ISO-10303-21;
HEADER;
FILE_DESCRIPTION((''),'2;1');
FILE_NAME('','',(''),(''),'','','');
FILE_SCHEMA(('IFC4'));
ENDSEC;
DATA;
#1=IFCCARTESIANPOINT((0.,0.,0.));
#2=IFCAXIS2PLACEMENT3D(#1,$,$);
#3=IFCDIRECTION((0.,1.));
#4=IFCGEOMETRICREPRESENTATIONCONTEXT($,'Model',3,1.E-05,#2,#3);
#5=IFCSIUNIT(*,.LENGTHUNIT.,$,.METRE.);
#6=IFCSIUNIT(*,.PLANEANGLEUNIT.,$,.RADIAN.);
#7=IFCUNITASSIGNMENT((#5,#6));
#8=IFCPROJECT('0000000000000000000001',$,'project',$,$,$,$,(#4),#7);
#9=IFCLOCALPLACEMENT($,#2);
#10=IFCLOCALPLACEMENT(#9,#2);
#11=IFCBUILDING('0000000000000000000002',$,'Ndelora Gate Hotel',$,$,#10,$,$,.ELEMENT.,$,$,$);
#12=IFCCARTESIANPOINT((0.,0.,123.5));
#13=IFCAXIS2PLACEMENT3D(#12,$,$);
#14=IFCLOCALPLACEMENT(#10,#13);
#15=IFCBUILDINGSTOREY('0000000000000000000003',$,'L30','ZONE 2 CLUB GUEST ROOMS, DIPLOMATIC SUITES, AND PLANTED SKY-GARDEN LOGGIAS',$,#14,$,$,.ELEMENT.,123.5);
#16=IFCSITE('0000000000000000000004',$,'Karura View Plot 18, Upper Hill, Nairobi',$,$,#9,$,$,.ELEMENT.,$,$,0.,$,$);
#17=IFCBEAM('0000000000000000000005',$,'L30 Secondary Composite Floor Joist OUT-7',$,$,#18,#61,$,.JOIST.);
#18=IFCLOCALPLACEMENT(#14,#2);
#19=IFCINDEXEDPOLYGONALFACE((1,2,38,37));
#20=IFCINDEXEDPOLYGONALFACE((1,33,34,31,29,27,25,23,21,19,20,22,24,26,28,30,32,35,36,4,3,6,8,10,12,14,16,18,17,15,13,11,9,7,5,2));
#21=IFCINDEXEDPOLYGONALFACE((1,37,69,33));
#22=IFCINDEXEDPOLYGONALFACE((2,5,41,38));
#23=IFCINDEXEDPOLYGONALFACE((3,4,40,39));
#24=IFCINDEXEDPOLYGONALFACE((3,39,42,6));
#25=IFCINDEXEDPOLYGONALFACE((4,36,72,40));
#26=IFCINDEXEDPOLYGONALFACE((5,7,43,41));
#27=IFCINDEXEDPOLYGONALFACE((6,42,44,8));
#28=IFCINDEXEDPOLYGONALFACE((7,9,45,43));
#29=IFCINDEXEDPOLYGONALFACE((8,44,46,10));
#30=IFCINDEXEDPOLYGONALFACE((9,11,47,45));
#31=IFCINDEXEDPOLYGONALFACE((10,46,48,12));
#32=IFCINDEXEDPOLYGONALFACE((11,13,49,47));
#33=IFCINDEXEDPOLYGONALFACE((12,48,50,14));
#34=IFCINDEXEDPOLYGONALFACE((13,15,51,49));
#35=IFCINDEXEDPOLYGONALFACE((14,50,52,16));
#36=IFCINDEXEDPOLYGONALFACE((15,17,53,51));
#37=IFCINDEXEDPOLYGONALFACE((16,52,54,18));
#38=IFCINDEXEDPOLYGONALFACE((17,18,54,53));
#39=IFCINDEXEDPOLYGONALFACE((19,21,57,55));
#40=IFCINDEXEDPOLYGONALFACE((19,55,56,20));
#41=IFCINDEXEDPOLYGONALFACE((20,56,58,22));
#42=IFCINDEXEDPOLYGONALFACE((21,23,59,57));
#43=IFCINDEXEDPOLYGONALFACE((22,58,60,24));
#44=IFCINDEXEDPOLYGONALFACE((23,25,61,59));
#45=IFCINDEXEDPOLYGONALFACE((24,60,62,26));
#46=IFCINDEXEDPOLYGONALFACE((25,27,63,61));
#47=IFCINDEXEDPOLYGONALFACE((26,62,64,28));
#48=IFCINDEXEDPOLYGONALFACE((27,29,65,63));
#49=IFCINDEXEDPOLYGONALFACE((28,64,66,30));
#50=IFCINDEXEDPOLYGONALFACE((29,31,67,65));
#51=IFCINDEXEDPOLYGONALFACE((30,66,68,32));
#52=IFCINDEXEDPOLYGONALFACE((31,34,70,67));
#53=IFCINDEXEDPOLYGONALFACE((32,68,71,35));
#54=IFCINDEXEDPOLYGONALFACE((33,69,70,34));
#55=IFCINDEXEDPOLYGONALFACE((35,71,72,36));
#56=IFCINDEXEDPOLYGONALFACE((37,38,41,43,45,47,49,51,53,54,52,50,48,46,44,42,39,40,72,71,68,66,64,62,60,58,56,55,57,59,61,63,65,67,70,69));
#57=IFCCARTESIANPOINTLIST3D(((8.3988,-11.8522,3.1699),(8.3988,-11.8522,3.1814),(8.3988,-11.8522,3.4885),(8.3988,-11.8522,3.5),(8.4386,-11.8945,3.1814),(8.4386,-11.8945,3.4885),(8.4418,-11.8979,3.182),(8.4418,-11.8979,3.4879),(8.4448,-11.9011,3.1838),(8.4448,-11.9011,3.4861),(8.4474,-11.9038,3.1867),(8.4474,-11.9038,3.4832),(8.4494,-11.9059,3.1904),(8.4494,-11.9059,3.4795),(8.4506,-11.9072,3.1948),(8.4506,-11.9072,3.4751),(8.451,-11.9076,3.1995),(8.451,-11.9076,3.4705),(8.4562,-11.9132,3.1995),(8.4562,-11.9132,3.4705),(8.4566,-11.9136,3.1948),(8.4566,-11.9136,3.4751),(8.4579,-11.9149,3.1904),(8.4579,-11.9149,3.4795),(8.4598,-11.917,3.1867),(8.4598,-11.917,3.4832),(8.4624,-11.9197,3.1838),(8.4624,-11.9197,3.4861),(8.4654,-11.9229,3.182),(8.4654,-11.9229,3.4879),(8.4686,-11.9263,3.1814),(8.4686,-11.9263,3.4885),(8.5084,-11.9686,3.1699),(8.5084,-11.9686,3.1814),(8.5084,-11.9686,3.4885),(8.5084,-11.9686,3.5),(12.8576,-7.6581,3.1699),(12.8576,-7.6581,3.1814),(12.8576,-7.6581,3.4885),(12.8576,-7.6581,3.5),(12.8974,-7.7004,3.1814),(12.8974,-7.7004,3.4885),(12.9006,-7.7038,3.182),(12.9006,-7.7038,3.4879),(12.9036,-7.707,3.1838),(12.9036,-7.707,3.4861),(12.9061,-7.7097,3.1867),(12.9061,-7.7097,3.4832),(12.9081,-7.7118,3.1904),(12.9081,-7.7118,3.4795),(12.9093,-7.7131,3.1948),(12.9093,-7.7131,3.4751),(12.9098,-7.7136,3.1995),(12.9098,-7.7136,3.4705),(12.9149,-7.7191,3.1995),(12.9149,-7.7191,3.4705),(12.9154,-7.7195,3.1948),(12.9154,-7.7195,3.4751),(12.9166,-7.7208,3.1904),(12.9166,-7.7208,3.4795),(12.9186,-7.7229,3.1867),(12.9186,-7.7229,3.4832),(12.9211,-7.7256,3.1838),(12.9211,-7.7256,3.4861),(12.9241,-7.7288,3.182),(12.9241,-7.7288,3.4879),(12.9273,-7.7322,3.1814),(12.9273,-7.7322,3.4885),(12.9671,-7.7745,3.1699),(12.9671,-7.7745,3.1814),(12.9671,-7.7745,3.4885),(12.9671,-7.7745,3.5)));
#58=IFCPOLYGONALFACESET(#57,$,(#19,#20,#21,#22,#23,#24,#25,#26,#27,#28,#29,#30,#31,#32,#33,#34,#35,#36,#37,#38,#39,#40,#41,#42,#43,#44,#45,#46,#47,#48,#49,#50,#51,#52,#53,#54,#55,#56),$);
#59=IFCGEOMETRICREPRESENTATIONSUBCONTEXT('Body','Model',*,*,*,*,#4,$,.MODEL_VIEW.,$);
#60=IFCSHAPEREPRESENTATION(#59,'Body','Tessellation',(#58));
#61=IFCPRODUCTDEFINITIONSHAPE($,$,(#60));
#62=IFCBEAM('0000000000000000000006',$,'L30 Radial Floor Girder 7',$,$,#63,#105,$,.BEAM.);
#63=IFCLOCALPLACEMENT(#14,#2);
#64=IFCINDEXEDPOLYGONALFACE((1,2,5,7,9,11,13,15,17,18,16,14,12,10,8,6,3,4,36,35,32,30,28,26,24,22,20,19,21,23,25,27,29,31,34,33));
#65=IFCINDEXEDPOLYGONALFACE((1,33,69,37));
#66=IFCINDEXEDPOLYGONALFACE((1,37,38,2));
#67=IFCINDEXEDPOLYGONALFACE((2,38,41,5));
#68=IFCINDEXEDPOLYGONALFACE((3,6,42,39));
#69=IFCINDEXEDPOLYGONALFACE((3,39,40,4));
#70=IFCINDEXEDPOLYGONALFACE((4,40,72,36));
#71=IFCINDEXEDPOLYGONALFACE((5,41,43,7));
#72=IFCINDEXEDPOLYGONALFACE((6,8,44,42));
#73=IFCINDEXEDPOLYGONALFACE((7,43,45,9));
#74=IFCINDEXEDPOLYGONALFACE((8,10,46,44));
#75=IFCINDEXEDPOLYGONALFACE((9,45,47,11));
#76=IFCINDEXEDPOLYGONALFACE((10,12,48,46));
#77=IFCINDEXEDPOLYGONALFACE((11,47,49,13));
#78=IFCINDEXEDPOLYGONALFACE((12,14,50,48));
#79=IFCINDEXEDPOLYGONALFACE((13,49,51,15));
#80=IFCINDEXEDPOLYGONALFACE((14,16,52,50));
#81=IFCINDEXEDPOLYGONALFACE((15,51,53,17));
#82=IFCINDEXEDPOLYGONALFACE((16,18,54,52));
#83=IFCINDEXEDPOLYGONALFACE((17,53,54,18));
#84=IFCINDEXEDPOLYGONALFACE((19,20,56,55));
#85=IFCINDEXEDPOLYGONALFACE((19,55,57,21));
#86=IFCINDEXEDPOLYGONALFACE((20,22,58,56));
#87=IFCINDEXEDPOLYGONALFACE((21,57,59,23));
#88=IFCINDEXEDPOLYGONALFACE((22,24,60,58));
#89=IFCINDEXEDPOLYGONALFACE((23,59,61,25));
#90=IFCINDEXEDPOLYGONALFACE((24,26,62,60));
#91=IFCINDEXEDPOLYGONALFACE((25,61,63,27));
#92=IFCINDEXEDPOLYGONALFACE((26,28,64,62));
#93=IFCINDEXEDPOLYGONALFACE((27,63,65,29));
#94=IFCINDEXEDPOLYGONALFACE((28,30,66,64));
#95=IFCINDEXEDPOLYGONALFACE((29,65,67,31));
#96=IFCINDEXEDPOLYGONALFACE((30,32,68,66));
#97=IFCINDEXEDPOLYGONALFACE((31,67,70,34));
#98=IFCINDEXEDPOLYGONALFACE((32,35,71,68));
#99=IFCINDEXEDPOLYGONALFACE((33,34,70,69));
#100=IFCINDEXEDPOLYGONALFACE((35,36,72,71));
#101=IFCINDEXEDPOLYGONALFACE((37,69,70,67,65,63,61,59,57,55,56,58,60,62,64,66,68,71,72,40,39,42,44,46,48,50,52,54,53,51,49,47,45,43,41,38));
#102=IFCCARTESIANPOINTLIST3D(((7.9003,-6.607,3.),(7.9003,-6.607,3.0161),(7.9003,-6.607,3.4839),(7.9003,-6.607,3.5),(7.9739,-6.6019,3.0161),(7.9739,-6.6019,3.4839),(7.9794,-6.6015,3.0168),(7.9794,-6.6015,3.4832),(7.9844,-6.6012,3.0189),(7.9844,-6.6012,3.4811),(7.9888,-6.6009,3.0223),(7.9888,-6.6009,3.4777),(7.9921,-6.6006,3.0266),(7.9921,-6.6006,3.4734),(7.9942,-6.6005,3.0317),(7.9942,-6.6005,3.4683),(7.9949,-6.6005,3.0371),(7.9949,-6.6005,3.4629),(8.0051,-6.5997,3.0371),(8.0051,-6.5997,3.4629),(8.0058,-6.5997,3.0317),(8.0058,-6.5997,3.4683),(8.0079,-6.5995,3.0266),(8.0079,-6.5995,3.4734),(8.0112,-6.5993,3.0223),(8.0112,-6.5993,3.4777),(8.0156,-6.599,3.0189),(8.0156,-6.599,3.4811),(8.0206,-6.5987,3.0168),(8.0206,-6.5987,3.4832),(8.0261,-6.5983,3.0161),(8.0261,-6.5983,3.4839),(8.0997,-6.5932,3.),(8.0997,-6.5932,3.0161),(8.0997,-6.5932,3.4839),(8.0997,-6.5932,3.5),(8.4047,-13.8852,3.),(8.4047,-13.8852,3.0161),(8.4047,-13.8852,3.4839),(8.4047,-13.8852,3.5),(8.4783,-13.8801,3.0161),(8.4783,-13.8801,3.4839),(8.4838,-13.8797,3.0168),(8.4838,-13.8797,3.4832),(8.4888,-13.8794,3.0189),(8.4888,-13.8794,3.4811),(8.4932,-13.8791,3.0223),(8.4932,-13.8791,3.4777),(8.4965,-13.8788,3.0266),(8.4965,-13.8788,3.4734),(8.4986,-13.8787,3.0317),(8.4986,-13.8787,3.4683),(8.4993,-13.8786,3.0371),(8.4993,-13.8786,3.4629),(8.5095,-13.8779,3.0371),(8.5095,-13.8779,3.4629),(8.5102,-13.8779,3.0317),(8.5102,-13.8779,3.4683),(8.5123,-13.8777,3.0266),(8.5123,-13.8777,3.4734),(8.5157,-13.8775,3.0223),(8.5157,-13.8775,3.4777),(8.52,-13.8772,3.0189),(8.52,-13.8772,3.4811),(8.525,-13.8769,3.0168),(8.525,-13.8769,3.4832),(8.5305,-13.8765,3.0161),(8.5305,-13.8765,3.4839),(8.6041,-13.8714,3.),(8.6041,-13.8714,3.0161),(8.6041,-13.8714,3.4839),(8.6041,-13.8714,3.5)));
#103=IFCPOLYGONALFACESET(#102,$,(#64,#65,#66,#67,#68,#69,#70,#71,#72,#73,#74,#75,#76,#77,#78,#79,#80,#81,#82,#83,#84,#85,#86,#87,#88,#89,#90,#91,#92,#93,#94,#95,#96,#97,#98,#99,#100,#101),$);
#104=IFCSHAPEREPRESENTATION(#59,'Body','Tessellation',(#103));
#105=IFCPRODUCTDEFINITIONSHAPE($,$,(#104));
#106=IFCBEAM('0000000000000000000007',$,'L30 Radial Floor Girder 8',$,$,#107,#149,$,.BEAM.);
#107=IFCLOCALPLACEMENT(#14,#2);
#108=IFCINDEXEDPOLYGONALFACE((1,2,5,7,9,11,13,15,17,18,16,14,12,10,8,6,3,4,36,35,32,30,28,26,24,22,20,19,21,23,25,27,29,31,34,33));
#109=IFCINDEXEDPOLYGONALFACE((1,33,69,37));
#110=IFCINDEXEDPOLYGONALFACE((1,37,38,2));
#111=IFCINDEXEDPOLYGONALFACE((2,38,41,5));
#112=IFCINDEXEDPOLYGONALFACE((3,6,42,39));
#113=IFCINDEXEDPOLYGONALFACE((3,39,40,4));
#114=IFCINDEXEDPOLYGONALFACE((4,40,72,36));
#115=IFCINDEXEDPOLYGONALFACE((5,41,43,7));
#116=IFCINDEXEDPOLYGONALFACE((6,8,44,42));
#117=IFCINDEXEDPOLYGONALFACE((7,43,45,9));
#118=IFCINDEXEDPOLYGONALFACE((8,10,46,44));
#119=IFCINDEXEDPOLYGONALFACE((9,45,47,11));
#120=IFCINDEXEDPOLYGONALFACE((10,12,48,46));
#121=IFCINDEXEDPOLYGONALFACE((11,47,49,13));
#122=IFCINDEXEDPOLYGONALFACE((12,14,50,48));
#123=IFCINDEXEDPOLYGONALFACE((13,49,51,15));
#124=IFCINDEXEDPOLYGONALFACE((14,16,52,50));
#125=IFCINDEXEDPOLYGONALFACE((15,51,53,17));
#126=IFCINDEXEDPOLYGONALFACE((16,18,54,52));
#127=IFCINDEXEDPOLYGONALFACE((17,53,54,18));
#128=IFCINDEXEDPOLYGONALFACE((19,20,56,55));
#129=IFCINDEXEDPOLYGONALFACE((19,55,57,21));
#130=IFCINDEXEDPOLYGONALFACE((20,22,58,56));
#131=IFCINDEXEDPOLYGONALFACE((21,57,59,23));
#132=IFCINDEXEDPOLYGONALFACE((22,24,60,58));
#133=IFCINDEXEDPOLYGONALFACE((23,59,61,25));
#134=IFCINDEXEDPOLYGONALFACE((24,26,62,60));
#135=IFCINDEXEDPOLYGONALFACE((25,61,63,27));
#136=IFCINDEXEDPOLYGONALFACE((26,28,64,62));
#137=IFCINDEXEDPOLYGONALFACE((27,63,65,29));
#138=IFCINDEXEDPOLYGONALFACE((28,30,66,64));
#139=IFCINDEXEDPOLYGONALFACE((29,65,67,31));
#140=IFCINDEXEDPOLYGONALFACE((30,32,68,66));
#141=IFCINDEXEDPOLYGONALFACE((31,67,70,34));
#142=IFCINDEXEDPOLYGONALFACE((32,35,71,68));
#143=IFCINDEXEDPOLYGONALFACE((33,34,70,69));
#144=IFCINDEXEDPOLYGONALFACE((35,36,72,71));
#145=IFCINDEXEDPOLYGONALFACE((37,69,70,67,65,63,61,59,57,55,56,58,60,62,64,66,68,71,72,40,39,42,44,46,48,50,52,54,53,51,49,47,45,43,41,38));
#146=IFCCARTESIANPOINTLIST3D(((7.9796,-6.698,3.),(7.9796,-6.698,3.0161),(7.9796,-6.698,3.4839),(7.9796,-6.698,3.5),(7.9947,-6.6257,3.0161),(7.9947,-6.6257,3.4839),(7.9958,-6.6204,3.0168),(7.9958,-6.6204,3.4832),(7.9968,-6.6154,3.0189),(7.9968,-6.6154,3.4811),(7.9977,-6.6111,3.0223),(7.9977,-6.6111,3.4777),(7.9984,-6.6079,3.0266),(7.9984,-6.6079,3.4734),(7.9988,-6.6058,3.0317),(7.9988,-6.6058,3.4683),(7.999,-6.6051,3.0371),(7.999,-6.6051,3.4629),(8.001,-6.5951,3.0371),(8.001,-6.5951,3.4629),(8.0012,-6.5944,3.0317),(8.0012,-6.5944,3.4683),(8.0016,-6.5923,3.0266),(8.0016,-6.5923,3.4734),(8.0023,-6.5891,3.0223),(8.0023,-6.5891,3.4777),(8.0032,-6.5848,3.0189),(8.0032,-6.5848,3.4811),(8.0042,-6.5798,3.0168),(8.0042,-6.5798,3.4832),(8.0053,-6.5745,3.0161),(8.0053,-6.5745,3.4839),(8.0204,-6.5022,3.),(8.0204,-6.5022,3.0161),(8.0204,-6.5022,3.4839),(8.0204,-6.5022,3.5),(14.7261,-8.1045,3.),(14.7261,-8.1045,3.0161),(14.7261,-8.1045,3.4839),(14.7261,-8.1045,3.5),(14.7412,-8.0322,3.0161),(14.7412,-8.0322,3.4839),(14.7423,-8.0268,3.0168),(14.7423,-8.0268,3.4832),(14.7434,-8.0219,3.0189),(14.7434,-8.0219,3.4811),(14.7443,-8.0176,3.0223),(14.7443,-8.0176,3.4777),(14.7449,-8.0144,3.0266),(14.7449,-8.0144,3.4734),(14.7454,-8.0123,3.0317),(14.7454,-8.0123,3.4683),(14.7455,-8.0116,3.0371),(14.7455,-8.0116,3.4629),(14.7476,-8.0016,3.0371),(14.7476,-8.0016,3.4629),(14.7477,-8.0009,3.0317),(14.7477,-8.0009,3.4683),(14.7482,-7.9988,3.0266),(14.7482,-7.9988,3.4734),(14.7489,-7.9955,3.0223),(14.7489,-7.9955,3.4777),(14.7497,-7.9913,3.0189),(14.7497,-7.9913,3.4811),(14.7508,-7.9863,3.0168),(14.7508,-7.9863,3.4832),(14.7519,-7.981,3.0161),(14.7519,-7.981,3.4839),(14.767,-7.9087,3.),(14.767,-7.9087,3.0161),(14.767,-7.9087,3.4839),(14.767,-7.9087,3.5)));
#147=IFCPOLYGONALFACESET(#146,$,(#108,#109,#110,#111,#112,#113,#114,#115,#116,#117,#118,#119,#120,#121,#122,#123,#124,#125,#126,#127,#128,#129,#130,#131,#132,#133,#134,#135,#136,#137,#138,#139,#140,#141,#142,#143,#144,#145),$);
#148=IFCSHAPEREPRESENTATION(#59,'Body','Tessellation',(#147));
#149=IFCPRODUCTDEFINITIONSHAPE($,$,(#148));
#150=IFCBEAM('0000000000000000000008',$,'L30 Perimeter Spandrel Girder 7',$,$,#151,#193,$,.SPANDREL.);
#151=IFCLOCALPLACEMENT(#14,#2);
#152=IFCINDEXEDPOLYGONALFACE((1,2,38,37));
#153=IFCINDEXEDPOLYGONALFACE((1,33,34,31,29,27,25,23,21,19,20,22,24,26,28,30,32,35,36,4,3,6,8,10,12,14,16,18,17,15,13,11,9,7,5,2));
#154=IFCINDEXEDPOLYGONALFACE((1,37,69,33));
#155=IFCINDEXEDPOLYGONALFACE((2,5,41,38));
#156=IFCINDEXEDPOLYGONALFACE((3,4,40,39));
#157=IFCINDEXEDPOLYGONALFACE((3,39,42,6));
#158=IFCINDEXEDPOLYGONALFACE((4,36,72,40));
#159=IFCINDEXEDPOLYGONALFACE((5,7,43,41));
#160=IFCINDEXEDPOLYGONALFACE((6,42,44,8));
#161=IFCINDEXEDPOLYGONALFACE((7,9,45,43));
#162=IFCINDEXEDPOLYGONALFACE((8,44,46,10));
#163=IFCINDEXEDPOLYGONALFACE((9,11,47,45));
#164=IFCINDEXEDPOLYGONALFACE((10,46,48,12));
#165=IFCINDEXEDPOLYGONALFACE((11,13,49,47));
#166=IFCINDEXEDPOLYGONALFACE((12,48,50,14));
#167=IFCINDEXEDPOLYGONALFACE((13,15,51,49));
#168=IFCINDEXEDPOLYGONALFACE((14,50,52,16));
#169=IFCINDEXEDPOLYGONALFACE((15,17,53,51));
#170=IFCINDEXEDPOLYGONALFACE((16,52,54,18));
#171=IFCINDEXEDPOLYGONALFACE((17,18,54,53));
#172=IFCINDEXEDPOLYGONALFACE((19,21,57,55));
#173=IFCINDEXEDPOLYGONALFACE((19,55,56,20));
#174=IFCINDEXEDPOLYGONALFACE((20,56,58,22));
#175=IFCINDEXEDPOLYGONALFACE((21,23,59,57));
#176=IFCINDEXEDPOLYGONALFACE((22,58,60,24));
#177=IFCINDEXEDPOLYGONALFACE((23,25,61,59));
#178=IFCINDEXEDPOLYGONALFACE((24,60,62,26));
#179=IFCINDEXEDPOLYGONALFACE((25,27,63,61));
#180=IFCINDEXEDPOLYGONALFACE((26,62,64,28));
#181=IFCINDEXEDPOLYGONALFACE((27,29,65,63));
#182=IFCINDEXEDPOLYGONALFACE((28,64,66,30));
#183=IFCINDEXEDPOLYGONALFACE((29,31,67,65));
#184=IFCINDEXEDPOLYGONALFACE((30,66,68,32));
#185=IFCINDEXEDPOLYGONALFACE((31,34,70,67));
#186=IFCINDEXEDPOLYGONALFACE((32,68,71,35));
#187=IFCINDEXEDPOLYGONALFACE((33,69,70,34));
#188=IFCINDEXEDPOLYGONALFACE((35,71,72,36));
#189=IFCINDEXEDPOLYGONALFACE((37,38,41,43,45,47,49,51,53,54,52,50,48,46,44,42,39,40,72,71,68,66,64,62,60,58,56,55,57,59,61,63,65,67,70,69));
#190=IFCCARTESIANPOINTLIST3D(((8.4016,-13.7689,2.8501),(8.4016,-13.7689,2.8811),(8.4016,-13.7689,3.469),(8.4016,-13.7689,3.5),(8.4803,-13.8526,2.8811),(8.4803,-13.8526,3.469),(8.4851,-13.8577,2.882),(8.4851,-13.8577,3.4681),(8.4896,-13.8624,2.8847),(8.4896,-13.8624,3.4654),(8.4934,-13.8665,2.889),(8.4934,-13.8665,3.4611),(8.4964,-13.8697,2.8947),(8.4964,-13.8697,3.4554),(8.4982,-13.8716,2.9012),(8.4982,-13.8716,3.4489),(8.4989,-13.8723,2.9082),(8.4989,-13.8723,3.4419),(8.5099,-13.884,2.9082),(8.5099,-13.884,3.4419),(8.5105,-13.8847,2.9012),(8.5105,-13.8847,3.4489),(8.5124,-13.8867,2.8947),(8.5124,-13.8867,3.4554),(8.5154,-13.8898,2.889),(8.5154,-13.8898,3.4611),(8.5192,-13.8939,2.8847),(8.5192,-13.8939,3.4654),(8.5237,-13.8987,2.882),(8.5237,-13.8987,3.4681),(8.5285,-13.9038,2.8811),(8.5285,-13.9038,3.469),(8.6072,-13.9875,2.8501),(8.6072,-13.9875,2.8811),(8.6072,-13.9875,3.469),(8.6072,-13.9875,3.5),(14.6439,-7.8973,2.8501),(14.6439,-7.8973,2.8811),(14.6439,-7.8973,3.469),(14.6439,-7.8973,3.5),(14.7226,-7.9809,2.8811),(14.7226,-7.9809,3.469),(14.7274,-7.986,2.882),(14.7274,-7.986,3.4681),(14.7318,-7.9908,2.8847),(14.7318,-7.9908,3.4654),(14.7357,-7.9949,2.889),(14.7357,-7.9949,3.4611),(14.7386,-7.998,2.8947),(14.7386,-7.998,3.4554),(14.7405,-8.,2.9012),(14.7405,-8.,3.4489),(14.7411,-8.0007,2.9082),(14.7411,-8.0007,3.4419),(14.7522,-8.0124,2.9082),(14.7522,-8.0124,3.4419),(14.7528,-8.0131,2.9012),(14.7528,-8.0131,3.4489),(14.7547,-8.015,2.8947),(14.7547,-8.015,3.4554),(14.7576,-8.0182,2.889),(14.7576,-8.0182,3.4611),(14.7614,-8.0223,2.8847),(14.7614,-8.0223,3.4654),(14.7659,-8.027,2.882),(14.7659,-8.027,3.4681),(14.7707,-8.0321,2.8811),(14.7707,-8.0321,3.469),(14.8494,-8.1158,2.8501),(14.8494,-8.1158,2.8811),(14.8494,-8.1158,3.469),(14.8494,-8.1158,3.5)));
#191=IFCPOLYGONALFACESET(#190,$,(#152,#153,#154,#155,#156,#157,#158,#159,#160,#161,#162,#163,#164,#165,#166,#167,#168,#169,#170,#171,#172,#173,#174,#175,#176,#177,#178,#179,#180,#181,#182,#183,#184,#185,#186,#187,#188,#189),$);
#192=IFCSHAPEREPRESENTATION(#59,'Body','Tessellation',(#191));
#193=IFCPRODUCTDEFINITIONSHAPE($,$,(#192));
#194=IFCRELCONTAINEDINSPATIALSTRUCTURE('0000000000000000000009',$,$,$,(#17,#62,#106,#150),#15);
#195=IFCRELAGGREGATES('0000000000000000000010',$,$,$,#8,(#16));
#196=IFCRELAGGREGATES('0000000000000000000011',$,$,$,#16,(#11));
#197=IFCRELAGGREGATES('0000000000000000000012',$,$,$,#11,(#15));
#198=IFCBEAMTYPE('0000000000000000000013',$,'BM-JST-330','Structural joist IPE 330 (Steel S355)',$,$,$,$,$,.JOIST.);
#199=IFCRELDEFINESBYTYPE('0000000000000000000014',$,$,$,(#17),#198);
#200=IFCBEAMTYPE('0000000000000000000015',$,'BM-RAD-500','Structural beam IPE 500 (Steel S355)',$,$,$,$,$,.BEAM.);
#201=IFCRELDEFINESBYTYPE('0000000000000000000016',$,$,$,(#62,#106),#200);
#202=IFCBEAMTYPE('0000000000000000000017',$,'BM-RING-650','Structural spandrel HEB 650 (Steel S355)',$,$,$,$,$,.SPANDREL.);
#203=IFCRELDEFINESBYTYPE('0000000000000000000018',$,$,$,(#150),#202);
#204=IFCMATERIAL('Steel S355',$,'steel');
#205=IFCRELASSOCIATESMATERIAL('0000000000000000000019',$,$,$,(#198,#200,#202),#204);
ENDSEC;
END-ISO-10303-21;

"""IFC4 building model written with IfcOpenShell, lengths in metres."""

from ifc_helpers import new_model, si_unit, direction, frame, origin, origin_2d, place, context, subcontext, project, spatial, i_section, extrude, material, material_profile, profile_set, type_object, element, save


model = new_model("IFC4")

# Units and contexts
model_context = context("Model", 3, precision=1e-05, world=origin(), true_north=direction((0.0, 1.0)))
body_context = subcontext(model_context, "Body", "Model", "MODEL_VIEW")
ifc_project = project(units=[si_unit("LENGTHUNIT", "METRE"), si_unit("PLANEANGLEUNIT", "RADIAN")], contexts=[model_context])

# Site, building, storey
site_placement = place(None, origin())
site = spatial("IfcSite", under=ifc_project, at=site_placement, Name="Karura View Plot 18, Upper Hill, Nairobi", CompositionType="ELEMENT", RefElevation=0.0)
building_placement = place(site_placement, origin())
building = spatial("IfcBuilding", under=site, at=building_placement, Name="Ndelora Gate Hotel", CompositionType="ELEMENT")
storey_placement = place(building_placement, frame((0.0, 0.0, 123.5)))
storey = spatial("IfcBuildingStorey", under=building, at=storey_placement, Name="L30", Description="ZONE 2 CLUB GUEST ROOMS, DIPLOMATIC SUITES, AND PLANTED SKY-GARDEN LOGGIAS", CompositionType="ELEMENT", Elevation=123.5)

# Beams
ifc_material_1 = material(Name="Steel S355", Category="steel")
ifc_material_profile_1 = material_profile(ifc_material_1, i_section(OverallWidth=0.1599, OverallDepth=0.3301, WebThickness=0.0076, FlangeThickness=0.0115, FilletRadius=0.0181, at=origin_2d()), Name="IPE 330")
ifc_profile_set_1 = profile_set([ifc_material_profile_1], Name="Steel S355")
beam_type_1 = type_object("IfcBeamType", Name="BM-JST-330", Description="Structural joist IPE 330 (Steel S355)", PredefinedType="JOIST", material=ifc_profile_set_1)
beam_1_placement = place(storey_placement, frame((8.4536, -11.9104, 3.335), z_axis=(0.728393, 0.685159, 0.0), x_axis=(-0.685159, 0.728393, 0.0)))
element("IfcBeam", 1, at=beam_1_placement, inside=storey, type_object=beam_type_1, Name="L30 Secondary Composite Floor Joist OUT-7", PredefinedType="JOIST", context=body_context, shape_type="SweptSolid", body=[
    extrude(i_section(OverallWidth=0.1599, OverallDepth=0.3301, WebThickness=0.0076, FlangeThickness=0.0115, FilletRadius=0.0181, at=origin_2d()), origin(), (0.0, 0.0, 1.0), 6.1213),
])
ifc_material_profile_2 = material_profile(ifc_material_1, i_section(OverallWidth=0.2, OverallDepth=0.5, WebThickness=0.0103, FlangeThickness=0.0161, FilletRadius=0.021, at=origin_2d()), Name="IPE 500")
ifc_profile_set_2 = profile_set([ifc_material_profile_2], Name="Steel S355")
beam_type_2 = type_object("IfcBeamType", Name="BM-RAD-500", Description="Structural beam IPE 500 (Steel S355)", PredefinedType="BEAM", material=ifc_profile_set_2)
beam_2_placement = place(storey_placement, frame((8.0, -6.6001, 3.25), z_axis=(0.069137, -0.997607, 0.0), x_axis=(0.997607, 0.069137, 0.0)))
element("IfcBeam", 2, at=beam_2_placement, inside=storey, type_object=beam_type_2, Name="L30 Radial Floor Girder 7", PredefinedType="BEAM", context=body_context, shape_type="SweptSolid", body=[
    extrude(i_section(OverallWidth=0.2, OverallDepth=0.5, WebThickness=0.0103, FlangeThickness=0.0161, FilletRadius=0.021, at=origin_2d()), origin(), (0.0, 0.0, 1.0), 7.2957),
])
beam_3_placement = place(storey_placement, frame((8.0, -6.6001, 3.25), z_axis=(0.978953, -0.204087, 0.0), x_axis=(0.204087, 0.978953, 0.0)))
element("IfcBeam", 3, at=beam_3_placement, inside=storey, type_object=beam_type_2, Name="L30 Radial Floor Girder 8", PredefinedType="BEAM", context=body_context, shape_type="SweptSolid", body=[
    extrude(i_section(OverallWidth=0.2, OverallDepth=0.5, WebThickness=0.0103, FlangeThickness=0.0161, FilletRadius=0.021, at=origin_2d()), origin(), (0.0, 0.0, 1.0), 6.8916),
])
ifc_material_profile_3 = material_profile(ifc_material_1, i_section(OverallWidth=0.3, OverallDepth=0.6499, WebThickness=0.0161, FlangeThickness=0.031, FilletRadius=0.0271, at=origin_2d()), Name="HEB 650")
ifc_profile_set_3 = profile_set([ifc_material_profile_3], Name="Steel S355")
beam_type_3 = type_object("IfcBeamType", Name="BM-RING-650", Description="Structural spandrel HEB 650 (Steel S355)", PredefinedType="SPANDREL", material=ifc_profile_set_3)
beam_4_placement = place(storey_placement, frame((8.5044, -13.8782, 3.175), z_axis=(0.728399, 0.685153, 0.0), x_axis=(-0.685153, 0.728399, 0.0)))
element("IfcBeam", 4, at=beam_4_placement, inside=storey, type_object=beam_type_3, Name="L30 Perimeter Spandrel Girder 7", PredefinedType="SPANDREL", context=body_context, shape_type="SweptSolid", body=[
    extrude(i_section(OverallWidth=0.3, OverallDepth=0.6499, WebThickness=0.0161, FlangeThickness=0.031, FilletRadius=0.0271, at=origin_2d()), origin(), (0.0, 0.0, 1.0), 8.5698),
])

save(model, "model.ifc")
